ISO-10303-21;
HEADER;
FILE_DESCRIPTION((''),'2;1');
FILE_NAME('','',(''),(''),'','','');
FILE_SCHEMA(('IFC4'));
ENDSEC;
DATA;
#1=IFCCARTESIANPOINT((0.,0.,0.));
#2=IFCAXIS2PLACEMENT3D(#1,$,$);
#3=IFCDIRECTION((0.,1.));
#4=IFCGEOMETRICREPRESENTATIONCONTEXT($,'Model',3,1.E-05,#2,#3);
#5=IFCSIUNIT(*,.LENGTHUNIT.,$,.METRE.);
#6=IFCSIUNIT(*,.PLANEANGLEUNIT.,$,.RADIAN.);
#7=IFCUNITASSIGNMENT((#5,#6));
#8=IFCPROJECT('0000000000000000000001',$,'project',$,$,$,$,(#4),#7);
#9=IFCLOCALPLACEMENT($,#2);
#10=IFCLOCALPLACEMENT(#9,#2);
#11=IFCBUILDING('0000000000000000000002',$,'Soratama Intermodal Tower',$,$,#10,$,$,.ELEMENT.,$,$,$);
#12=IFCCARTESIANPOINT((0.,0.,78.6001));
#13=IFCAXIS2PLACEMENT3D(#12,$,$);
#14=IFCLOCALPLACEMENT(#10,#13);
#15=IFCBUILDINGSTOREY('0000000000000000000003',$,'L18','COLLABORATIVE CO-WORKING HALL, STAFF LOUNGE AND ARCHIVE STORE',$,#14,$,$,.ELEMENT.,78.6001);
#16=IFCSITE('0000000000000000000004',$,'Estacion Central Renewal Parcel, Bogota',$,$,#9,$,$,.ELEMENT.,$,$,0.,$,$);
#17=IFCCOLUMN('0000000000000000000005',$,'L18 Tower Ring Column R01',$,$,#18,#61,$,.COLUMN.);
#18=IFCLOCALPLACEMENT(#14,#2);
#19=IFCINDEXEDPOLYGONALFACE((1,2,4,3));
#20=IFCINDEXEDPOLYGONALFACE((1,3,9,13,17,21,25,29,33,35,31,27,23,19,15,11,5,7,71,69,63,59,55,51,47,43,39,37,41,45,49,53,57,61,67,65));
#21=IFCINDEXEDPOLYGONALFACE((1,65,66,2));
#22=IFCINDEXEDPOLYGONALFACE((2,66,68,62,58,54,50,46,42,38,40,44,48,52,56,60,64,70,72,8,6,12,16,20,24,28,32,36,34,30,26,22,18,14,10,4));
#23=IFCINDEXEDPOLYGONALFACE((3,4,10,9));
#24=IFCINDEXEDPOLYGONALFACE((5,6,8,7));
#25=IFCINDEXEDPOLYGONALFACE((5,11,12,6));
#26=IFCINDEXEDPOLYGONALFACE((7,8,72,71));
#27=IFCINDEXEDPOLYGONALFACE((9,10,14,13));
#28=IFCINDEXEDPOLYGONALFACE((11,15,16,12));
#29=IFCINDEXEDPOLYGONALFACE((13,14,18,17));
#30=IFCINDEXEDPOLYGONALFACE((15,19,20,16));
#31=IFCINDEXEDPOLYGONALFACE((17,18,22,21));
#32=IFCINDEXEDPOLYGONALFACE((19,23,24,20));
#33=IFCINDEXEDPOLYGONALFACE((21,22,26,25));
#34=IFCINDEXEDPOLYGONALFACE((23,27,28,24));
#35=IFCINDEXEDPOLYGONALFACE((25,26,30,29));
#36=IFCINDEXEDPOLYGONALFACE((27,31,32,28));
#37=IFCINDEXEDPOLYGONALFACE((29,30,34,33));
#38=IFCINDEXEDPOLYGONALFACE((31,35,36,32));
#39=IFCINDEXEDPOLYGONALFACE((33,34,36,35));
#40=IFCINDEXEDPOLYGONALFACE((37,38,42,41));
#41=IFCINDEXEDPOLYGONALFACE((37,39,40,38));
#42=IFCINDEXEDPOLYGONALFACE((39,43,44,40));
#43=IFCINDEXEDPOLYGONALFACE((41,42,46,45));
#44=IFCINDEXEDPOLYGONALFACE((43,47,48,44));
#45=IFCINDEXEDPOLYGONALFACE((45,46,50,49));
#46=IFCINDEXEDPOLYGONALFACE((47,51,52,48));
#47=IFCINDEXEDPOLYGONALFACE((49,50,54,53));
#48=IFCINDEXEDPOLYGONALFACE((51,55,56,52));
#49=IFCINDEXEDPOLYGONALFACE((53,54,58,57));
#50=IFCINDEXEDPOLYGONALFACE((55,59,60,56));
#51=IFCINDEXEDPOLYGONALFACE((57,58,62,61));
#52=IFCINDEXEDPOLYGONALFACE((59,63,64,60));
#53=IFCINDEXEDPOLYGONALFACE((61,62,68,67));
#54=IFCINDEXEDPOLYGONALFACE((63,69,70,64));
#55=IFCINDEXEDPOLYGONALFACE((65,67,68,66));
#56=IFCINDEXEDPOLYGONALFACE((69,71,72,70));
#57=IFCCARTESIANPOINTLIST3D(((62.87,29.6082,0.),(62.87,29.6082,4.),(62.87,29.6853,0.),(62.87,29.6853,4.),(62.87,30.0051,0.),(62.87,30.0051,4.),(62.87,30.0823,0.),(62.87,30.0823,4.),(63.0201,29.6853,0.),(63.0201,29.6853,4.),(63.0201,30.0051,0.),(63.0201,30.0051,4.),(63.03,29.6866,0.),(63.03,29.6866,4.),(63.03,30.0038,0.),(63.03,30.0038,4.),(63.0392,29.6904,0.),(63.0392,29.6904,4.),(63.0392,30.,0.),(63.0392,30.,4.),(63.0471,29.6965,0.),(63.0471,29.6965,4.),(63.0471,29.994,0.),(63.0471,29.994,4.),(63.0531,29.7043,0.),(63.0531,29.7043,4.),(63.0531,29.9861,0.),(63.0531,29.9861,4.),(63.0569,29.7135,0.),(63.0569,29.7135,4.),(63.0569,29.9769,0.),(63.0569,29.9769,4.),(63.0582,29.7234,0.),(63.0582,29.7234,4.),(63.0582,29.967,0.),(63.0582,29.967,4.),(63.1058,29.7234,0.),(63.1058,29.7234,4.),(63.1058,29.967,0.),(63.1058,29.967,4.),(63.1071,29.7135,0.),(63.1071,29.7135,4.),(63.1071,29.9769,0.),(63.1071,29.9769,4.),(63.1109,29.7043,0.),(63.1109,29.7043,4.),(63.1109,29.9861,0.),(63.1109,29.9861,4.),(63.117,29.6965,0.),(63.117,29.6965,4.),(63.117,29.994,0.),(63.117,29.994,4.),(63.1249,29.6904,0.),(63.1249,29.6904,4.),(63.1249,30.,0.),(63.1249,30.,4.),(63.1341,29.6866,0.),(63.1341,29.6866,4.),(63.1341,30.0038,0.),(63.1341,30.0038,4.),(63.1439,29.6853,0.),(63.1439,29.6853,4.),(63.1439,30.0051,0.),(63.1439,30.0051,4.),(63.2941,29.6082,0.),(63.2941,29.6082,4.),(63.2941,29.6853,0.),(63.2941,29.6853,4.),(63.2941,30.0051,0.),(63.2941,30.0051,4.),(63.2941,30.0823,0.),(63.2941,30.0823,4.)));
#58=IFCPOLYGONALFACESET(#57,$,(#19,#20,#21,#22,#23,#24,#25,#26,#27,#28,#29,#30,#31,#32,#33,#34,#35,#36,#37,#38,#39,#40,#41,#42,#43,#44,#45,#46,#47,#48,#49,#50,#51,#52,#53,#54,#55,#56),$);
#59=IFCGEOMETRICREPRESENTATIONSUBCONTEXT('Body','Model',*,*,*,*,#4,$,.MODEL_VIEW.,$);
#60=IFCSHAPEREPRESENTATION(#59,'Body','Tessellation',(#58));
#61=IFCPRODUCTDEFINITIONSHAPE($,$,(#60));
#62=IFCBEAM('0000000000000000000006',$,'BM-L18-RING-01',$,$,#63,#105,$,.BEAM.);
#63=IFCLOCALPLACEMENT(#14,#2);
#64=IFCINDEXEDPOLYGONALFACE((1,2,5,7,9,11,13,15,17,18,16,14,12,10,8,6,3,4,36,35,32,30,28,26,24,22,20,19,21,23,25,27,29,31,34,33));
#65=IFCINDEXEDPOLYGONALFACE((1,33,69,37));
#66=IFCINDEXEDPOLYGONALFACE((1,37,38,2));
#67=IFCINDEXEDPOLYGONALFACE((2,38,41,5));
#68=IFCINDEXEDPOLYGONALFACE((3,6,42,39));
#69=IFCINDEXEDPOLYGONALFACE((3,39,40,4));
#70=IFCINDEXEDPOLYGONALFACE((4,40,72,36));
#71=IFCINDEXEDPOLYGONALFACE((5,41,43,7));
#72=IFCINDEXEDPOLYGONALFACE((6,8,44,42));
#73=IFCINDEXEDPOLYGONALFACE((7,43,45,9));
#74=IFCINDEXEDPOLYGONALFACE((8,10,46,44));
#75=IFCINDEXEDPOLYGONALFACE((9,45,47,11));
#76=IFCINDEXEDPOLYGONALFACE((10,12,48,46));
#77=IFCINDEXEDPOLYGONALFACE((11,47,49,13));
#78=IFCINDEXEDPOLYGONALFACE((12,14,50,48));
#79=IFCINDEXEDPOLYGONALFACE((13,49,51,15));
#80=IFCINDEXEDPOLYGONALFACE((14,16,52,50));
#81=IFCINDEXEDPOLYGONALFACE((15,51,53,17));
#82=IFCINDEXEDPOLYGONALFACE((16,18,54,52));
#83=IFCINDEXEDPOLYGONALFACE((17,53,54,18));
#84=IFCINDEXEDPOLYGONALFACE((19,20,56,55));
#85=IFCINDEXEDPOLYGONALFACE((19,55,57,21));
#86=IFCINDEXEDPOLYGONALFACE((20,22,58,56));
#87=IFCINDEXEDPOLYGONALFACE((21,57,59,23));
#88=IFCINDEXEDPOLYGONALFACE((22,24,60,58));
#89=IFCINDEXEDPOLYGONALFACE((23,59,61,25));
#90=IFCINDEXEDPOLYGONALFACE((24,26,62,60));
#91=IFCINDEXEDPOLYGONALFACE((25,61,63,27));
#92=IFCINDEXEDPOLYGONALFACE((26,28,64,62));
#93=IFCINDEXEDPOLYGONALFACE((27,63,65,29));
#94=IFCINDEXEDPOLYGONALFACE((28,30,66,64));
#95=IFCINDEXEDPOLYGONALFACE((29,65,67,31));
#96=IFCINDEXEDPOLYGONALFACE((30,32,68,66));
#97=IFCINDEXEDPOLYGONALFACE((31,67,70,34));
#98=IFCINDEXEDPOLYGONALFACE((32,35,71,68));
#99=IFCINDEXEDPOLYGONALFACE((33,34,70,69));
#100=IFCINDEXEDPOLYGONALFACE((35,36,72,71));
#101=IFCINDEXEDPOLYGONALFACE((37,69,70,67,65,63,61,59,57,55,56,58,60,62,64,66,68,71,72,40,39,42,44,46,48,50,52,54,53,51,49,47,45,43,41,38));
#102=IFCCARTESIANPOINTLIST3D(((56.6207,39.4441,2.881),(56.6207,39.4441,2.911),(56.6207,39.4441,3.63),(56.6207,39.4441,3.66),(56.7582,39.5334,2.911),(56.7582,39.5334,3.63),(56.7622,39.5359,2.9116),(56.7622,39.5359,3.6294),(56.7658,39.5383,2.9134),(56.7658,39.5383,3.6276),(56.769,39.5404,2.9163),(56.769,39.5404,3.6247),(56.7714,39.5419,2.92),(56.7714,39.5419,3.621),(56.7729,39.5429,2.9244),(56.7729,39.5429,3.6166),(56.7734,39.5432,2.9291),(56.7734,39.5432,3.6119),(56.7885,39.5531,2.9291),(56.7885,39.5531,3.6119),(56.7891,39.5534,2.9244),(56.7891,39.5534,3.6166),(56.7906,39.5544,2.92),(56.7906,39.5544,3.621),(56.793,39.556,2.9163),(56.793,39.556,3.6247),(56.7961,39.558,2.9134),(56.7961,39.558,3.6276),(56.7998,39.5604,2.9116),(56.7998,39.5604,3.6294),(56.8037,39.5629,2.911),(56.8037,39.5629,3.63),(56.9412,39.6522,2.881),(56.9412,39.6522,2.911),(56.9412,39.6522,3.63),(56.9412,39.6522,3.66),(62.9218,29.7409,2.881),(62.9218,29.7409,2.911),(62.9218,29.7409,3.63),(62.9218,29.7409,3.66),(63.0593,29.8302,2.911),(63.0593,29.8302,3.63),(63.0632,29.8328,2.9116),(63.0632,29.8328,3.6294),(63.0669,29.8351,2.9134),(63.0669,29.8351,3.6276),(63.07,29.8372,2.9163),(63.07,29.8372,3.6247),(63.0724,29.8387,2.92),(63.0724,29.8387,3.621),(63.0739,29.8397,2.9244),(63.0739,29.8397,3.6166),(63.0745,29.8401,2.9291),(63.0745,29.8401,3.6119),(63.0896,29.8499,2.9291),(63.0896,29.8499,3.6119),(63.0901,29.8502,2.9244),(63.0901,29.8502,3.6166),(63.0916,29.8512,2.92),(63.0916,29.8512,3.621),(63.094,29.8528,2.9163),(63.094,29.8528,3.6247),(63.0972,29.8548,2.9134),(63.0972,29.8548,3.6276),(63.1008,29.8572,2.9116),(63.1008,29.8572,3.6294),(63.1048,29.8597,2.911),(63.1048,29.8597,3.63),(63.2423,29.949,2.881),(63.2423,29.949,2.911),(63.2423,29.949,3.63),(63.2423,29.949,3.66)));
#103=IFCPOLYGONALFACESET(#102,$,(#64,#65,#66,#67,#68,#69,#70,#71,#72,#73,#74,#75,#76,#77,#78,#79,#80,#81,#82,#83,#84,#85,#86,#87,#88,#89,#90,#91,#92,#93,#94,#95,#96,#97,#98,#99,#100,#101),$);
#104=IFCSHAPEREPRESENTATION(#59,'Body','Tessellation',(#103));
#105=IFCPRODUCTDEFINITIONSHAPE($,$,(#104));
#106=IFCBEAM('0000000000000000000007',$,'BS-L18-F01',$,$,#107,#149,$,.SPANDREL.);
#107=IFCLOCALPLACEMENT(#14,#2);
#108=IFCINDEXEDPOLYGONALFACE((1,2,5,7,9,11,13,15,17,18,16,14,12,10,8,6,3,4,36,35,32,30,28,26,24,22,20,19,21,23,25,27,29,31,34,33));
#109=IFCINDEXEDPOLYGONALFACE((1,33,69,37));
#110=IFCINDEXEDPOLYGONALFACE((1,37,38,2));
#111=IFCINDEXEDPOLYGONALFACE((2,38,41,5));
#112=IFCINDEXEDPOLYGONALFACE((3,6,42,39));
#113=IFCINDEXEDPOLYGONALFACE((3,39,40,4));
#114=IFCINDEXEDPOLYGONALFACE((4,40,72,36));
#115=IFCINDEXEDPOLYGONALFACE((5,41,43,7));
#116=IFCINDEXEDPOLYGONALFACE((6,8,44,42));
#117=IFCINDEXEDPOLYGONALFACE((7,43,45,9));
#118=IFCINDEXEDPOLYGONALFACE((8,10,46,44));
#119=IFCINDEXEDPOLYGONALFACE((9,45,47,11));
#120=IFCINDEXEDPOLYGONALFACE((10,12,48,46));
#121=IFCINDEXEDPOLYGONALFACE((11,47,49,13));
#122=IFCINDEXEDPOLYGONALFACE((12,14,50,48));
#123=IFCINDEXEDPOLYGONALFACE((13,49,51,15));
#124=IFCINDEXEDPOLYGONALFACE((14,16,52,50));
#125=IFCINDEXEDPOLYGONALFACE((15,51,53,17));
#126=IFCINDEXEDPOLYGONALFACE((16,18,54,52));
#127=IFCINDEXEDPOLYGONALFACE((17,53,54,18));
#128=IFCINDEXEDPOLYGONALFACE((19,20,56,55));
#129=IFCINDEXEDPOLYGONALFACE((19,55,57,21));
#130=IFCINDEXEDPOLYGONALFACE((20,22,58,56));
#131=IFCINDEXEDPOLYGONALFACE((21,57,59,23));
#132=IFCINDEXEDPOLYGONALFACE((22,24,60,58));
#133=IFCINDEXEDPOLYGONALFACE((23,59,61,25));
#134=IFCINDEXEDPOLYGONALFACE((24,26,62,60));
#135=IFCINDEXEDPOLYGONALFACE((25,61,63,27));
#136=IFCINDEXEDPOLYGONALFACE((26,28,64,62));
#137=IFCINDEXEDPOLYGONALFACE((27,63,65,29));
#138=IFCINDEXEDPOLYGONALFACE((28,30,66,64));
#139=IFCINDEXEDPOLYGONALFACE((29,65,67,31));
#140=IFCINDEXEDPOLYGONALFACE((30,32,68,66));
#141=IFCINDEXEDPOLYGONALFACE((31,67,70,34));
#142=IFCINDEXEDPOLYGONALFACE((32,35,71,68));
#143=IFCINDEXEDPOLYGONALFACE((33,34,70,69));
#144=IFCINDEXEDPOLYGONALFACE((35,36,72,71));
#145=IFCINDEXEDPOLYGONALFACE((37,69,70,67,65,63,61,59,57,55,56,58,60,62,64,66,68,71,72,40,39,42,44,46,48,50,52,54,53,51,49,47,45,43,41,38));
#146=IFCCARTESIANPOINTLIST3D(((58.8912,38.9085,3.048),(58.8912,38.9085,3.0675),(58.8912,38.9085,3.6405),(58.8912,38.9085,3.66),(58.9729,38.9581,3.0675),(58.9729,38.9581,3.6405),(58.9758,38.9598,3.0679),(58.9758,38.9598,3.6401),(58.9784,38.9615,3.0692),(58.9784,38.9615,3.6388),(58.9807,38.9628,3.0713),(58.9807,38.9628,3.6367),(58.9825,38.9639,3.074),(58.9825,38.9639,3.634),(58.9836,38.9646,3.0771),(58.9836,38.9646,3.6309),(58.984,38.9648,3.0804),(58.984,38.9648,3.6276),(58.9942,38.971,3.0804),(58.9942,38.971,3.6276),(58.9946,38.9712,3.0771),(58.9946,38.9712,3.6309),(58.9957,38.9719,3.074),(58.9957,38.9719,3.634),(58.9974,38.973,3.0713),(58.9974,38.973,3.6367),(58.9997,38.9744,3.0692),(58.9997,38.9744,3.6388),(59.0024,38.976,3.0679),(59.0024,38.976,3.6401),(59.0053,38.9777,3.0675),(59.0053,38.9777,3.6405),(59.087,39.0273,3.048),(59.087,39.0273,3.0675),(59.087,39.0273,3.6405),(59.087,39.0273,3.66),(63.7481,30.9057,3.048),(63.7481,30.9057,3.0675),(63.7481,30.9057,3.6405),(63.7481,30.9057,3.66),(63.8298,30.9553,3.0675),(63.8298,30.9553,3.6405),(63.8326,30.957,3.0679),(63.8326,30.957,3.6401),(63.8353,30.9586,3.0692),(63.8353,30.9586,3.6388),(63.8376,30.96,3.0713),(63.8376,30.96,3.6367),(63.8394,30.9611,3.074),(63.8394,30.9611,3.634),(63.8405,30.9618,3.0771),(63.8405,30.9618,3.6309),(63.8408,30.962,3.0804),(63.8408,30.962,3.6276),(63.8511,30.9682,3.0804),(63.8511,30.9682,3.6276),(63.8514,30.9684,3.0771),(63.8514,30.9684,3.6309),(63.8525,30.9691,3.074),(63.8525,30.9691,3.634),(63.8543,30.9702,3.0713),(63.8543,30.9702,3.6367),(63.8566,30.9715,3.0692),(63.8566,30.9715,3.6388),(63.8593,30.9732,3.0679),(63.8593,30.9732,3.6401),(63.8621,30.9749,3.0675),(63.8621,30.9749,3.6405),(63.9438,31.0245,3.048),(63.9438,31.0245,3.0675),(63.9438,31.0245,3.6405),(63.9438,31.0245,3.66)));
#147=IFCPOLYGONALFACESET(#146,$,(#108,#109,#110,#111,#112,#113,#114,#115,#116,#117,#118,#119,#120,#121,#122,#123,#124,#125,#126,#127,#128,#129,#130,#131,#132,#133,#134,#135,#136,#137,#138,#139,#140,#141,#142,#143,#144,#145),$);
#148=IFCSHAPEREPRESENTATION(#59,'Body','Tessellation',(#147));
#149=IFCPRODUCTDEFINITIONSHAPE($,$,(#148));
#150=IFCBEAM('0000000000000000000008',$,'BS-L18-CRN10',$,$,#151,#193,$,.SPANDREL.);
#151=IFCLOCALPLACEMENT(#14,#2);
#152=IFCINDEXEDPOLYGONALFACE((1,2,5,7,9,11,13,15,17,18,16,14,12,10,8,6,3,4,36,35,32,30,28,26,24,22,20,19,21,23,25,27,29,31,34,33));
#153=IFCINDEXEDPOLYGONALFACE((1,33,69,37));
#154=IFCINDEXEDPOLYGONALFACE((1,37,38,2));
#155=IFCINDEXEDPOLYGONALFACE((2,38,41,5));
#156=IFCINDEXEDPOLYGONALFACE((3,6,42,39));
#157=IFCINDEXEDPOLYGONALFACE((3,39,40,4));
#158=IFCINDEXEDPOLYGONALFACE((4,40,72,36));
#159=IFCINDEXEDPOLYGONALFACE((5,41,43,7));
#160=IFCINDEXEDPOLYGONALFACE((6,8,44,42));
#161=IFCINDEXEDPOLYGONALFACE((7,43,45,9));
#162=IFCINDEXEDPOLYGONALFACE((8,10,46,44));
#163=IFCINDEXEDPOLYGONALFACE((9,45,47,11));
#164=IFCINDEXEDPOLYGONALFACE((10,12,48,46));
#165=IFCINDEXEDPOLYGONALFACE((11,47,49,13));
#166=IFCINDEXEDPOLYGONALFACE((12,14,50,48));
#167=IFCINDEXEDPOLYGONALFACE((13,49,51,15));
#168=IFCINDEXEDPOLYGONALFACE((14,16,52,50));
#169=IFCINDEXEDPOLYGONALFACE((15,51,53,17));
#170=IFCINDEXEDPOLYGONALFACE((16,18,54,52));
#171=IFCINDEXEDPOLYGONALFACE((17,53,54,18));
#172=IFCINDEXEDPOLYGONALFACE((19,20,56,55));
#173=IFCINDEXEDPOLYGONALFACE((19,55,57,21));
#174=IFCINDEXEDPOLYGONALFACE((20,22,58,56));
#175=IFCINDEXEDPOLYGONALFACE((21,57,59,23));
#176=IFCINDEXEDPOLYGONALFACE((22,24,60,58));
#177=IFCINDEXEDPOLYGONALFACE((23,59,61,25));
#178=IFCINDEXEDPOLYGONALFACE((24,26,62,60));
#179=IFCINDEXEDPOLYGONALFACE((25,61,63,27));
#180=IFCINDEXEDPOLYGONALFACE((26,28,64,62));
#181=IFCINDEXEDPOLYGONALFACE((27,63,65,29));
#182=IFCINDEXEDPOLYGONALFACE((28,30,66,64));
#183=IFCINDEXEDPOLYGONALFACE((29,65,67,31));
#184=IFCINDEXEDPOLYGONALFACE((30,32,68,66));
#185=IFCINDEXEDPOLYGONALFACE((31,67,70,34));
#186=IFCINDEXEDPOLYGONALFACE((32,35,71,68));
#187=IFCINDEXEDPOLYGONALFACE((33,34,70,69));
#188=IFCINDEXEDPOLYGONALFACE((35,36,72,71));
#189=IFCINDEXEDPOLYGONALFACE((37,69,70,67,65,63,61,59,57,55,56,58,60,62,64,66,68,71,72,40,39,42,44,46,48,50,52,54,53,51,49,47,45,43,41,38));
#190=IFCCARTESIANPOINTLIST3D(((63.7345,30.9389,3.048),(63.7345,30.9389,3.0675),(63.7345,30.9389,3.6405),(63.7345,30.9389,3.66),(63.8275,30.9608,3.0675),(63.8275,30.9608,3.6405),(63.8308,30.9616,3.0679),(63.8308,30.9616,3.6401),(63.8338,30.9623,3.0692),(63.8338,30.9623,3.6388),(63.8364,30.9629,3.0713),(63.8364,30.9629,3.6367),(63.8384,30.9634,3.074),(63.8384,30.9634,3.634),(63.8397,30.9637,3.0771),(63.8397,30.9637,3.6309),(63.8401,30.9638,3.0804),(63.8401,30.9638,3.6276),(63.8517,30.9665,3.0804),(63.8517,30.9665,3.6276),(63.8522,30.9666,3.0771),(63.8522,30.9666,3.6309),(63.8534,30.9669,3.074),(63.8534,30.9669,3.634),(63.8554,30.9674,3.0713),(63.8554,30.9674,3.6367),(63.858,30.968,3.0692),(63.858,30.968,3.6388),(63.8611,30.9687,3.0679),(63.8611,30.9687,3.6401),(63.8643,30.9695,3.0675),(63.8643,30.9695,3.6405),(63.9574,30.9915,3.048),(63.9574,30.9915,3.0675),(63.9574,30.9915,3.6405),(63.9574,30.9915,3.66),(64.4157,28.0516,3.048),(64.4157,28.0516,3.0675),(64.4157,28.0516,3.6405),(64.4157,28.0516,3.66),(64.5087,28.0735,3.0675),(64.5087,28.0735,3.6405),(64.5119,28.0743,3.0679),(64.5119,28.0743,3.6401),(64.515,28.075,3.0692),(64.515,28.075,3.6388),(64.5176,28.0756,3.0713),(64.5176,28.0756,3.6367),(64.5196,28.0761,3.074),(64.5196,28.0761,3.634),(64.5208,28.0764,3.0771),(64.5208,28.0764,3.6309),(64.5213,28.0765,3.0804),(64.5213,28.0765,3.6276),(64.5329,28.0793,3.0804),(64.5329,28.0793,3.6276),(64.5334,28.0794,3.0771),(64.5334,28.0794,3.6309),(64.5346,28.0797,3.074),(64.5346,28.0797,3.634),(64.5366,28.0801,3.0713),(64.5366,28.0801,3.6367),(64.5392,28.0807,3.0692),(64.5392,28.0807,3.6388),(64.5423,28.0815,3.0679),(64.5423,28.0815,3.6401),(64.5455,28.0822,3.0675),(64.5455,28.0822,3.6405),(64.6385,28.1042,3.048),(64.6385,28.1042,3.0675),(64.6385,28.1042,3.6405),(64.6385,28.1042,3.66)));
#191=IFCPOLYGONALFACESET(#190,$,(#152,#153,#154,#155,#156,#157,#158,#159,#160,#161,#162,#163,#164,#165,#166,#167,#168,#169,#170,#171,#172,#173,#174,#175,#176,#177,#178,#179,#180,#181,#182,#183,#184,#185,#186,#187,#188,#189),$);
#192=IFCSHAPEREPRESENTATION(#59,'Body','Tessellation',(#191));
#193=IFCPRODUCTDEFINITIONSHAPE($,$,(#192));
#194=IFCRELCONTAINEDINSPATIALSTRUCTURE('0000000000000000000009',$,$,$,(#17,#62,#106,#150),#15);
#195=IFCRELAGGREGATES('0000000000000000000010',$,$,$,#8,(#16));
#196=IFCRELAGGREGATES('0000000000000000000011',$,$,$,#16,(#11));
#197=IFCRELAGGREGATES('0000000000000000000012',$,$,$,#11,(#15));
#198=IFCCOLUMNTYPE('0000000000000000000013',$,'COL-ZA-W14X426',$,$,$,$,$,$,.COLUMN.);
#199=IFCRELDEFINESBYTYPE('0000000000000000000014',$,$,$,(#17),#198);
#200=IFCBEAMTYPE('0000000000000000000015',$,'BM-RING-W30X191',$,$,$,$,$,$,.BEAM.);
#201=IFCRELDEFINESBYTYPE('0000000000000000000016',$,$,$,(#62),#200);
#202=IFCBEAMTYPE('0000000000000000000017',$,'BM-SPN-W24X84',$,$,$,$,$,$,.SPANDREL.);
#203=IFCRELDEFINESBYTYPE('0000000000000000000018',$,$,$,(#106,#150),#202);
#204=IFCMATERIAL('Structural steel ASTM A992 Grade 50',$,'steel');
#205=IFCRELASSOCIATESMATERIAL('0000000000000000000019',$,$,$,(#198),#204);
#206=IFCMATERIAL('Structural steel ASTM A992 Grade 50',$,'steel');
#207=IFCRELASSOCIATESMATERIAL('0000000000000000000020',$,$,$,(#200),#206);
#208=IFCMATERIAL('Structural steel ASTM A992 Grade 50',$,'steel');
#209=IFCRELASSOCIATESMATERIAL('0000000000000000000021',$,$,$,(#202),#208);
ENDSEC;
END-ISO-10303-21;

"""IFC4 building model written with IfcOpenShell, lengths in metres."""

from ifc_helpers import new_model, si_unit, direction, frame, origin, origin_2d, place, context, subcontext, project, spatial, i_section, extrude, material, material_profile, profile_set, type_object, element, save


model = new_model("IFC4")

# Units and contexts
model_context = context("Model", 3, precision=1e-05, world=origin(), true_north=direction((0.0, 1.0)))
body_context = subcontext(model_context, "Body", "Model", "MODEL_VIEW")
ifc_project = project(units=[si_unit("LENGTHUNIT", "METRE"), si_unit("PLANEANGLEUNIT", "RADIAN")], contexts=[model_context])

# Site, building, storey
site_placement = place(None, origin())
site = spatial("IfcSite", under=ifc_project, at=site_placement, Name="Estacion Central Renewal Parcel, Bogota", CompositionType="ELEMENT", RefElevation=0.0)
building_placement = place(site_placement, origin())
building = spatial("IfcBuilding", under=site, at=building_placement, Name="Soratama Intermodal Tower", CompositionType="ELEMENT")
storey_placement = place(building_placement, frame((0.0, 0.0, 78.6001)))
storey = spatial("IfcBuildingStorey", under=building, at=storey_placement, Name="L18", Description="COLLABORATIVE CO-WORKING HALL, STAFF LOUNGE AND ARCHIVE STORE", CompositionType="ELEMENT", Elevation=78.6001)

# Column
ifc_material_1 = material(Name="Structural steel ASTM A992 Grade 50", Category="steel")
ifc_material_profile_1 = material_profile(ifc_material_1, i_section(OverallWidth=0.4241, OverallDepth=0.4741, WebThickness=0.0476, FlangeThickness=0.0771, FilletRadius=0.0381, at=origin_2d()), Name="W14X426")
ifc_profile_set_1 = profile_set([ifc_material_profile_1], Name="Structural steel ASTM A992 Grade 50")
column_type = type_object("IfcColumnType", Name="COL-ZA-W14X426", PredefinedType="COLUMN", material=ifc_profile_set_1)
column_placement = place(storey_placement, frame((63.082, 29.8452, 0.0), z_axis=(0.0, 0.0, 1.0), x_axis=(1.0, 0.0, 0.0)))
element("IfcColumn", 1, at=column_placement, inside=storey, type_object=column_type, Name="L18 Tower Ring Column R01", PredefinedType="COLUMN", context=body_context, shape_type="SweptSolid", body=[
    extrude(i_section(OverallWidth=0.4241, OverallDepth=0.4741, WebThickness=0.0476, FlangeThickness=0.0771, FilletRadius=0.0381, at=origin_2d()), origin(), (0.0, 0.0, 1.0), 4.0),
])

# Beams
ifc_material_2 = material(Name="Structural steel ASTM A992 Grade 50", Category="steel")
ifc_material_profile_2 = material_profile(ifc_material_2, i_section(OverallWidth=0.3821, OverallDepth=0.7791, WebThickness=0.0181, FlangeThickness=0.03, FilletRadius=0.0181, at=origin_2d()), Name="W30X191")
ifc_profile_set_2 = profile_set([ifc_material_profile_2], Name="Structural steel ASTM A992 Grade 50")
beam_type_1 = type_object("IfcBeamType", Name="BM-RING-W30X191", PredefinedType="BEAM", material=ifc_profile_set_2)
beam_1_placement = place(storey_placement, frame((63.082, 29.845, 3.2705), z_axis=(-0.544623, 0.838681, 0.0), x_axis=(-0.838681, -0.544623, 0.0)))
element("IfcBeam", 2, at=beam_1_placement, inside=storey, type_object=beam_type_1, Name="BM-L18-RING-01", PredefinedType="BEAM", context=body_context, shape_type="SweptSolid", body=[
    extrude(i_section(OverallWidth=0.3821, OverallDepth=0.7791, WebThickness=0.0181, FlangeThickness=0.03, FilletRadius=0.0181, at=origin_2d()), origin(), (0.0, 0.0, 1.0), 11.5696),
])
ifc_material_3 = material(Name="Structural steel ASTM A992 Grade 50", Category="steel")
ifc_material_profile_3 = material_profile(ifc_material_3, i_section(OverallWidth=0.229, OverallDepth=0.6121, WebThickness=0.012, FlangeThickness=0.0195, FilletRadius=0.0129, at=origin_2d()), Name="W24X84")
ifc_profile_set_3 = profile_set([ifc_material_profile_3], Name="Structural steel ASTM A992 Grade 50")
beam_type_2 = type_object("IfcBeamType", Name="BM-SPN-W24X84", PredefinedType="SPANDREL", material=ifc_profile_set_3)
beam_2_placement = place(storey_placement, frame((63.8459, 30.9651, 3.354), z_axis=(-0.518823, 0.854882, 0.0), x_axis=(-0.854882, -0.518823, 0.0)))
element("IfcBeam", 3, at=beam_2_placement, inside=storey, type_object=beam_type_2, Name="BS-L18-F01", PredefinedType="SPANDREL", context=body_context, shape_type="SweptSolid", body=[
    extrude(i_section(OverallWidth=0.229, OverallDepth=0.6121, WebThickness=0.012, FlangeThickness=0.0195, FilletRadius=0.0129, at=origin_2d()), origin(), (0.0, 0.0, 1.0), 9.3613),
])
beam_3_placement = place(storey_placement, frame((64.5271, 28.0779, 3.354), z_axis=(-0.229617, 0.973281, 0.0), x_axis=(-0.973281, -0.229617, 0.0)))
element("IfcBeam", 4, at=beam_3_placement, inside=storey, type_object=beam_type_2, Name="BS-L18-CRN10", PredefinedType="SPANDREL", context=body_context, shape_type="SweptSolid", body=[
    extrude(i_section(OverallWidth=0.229, OverallDepth=0.6121, WebThickness=0.012, FlangeThickness=0.0195, FilletRadius=0.0129, at=origin_2d()), origin(), (0.0, 0.0, 1.0), 2.9666),
])

save(model, "model.ifc")
